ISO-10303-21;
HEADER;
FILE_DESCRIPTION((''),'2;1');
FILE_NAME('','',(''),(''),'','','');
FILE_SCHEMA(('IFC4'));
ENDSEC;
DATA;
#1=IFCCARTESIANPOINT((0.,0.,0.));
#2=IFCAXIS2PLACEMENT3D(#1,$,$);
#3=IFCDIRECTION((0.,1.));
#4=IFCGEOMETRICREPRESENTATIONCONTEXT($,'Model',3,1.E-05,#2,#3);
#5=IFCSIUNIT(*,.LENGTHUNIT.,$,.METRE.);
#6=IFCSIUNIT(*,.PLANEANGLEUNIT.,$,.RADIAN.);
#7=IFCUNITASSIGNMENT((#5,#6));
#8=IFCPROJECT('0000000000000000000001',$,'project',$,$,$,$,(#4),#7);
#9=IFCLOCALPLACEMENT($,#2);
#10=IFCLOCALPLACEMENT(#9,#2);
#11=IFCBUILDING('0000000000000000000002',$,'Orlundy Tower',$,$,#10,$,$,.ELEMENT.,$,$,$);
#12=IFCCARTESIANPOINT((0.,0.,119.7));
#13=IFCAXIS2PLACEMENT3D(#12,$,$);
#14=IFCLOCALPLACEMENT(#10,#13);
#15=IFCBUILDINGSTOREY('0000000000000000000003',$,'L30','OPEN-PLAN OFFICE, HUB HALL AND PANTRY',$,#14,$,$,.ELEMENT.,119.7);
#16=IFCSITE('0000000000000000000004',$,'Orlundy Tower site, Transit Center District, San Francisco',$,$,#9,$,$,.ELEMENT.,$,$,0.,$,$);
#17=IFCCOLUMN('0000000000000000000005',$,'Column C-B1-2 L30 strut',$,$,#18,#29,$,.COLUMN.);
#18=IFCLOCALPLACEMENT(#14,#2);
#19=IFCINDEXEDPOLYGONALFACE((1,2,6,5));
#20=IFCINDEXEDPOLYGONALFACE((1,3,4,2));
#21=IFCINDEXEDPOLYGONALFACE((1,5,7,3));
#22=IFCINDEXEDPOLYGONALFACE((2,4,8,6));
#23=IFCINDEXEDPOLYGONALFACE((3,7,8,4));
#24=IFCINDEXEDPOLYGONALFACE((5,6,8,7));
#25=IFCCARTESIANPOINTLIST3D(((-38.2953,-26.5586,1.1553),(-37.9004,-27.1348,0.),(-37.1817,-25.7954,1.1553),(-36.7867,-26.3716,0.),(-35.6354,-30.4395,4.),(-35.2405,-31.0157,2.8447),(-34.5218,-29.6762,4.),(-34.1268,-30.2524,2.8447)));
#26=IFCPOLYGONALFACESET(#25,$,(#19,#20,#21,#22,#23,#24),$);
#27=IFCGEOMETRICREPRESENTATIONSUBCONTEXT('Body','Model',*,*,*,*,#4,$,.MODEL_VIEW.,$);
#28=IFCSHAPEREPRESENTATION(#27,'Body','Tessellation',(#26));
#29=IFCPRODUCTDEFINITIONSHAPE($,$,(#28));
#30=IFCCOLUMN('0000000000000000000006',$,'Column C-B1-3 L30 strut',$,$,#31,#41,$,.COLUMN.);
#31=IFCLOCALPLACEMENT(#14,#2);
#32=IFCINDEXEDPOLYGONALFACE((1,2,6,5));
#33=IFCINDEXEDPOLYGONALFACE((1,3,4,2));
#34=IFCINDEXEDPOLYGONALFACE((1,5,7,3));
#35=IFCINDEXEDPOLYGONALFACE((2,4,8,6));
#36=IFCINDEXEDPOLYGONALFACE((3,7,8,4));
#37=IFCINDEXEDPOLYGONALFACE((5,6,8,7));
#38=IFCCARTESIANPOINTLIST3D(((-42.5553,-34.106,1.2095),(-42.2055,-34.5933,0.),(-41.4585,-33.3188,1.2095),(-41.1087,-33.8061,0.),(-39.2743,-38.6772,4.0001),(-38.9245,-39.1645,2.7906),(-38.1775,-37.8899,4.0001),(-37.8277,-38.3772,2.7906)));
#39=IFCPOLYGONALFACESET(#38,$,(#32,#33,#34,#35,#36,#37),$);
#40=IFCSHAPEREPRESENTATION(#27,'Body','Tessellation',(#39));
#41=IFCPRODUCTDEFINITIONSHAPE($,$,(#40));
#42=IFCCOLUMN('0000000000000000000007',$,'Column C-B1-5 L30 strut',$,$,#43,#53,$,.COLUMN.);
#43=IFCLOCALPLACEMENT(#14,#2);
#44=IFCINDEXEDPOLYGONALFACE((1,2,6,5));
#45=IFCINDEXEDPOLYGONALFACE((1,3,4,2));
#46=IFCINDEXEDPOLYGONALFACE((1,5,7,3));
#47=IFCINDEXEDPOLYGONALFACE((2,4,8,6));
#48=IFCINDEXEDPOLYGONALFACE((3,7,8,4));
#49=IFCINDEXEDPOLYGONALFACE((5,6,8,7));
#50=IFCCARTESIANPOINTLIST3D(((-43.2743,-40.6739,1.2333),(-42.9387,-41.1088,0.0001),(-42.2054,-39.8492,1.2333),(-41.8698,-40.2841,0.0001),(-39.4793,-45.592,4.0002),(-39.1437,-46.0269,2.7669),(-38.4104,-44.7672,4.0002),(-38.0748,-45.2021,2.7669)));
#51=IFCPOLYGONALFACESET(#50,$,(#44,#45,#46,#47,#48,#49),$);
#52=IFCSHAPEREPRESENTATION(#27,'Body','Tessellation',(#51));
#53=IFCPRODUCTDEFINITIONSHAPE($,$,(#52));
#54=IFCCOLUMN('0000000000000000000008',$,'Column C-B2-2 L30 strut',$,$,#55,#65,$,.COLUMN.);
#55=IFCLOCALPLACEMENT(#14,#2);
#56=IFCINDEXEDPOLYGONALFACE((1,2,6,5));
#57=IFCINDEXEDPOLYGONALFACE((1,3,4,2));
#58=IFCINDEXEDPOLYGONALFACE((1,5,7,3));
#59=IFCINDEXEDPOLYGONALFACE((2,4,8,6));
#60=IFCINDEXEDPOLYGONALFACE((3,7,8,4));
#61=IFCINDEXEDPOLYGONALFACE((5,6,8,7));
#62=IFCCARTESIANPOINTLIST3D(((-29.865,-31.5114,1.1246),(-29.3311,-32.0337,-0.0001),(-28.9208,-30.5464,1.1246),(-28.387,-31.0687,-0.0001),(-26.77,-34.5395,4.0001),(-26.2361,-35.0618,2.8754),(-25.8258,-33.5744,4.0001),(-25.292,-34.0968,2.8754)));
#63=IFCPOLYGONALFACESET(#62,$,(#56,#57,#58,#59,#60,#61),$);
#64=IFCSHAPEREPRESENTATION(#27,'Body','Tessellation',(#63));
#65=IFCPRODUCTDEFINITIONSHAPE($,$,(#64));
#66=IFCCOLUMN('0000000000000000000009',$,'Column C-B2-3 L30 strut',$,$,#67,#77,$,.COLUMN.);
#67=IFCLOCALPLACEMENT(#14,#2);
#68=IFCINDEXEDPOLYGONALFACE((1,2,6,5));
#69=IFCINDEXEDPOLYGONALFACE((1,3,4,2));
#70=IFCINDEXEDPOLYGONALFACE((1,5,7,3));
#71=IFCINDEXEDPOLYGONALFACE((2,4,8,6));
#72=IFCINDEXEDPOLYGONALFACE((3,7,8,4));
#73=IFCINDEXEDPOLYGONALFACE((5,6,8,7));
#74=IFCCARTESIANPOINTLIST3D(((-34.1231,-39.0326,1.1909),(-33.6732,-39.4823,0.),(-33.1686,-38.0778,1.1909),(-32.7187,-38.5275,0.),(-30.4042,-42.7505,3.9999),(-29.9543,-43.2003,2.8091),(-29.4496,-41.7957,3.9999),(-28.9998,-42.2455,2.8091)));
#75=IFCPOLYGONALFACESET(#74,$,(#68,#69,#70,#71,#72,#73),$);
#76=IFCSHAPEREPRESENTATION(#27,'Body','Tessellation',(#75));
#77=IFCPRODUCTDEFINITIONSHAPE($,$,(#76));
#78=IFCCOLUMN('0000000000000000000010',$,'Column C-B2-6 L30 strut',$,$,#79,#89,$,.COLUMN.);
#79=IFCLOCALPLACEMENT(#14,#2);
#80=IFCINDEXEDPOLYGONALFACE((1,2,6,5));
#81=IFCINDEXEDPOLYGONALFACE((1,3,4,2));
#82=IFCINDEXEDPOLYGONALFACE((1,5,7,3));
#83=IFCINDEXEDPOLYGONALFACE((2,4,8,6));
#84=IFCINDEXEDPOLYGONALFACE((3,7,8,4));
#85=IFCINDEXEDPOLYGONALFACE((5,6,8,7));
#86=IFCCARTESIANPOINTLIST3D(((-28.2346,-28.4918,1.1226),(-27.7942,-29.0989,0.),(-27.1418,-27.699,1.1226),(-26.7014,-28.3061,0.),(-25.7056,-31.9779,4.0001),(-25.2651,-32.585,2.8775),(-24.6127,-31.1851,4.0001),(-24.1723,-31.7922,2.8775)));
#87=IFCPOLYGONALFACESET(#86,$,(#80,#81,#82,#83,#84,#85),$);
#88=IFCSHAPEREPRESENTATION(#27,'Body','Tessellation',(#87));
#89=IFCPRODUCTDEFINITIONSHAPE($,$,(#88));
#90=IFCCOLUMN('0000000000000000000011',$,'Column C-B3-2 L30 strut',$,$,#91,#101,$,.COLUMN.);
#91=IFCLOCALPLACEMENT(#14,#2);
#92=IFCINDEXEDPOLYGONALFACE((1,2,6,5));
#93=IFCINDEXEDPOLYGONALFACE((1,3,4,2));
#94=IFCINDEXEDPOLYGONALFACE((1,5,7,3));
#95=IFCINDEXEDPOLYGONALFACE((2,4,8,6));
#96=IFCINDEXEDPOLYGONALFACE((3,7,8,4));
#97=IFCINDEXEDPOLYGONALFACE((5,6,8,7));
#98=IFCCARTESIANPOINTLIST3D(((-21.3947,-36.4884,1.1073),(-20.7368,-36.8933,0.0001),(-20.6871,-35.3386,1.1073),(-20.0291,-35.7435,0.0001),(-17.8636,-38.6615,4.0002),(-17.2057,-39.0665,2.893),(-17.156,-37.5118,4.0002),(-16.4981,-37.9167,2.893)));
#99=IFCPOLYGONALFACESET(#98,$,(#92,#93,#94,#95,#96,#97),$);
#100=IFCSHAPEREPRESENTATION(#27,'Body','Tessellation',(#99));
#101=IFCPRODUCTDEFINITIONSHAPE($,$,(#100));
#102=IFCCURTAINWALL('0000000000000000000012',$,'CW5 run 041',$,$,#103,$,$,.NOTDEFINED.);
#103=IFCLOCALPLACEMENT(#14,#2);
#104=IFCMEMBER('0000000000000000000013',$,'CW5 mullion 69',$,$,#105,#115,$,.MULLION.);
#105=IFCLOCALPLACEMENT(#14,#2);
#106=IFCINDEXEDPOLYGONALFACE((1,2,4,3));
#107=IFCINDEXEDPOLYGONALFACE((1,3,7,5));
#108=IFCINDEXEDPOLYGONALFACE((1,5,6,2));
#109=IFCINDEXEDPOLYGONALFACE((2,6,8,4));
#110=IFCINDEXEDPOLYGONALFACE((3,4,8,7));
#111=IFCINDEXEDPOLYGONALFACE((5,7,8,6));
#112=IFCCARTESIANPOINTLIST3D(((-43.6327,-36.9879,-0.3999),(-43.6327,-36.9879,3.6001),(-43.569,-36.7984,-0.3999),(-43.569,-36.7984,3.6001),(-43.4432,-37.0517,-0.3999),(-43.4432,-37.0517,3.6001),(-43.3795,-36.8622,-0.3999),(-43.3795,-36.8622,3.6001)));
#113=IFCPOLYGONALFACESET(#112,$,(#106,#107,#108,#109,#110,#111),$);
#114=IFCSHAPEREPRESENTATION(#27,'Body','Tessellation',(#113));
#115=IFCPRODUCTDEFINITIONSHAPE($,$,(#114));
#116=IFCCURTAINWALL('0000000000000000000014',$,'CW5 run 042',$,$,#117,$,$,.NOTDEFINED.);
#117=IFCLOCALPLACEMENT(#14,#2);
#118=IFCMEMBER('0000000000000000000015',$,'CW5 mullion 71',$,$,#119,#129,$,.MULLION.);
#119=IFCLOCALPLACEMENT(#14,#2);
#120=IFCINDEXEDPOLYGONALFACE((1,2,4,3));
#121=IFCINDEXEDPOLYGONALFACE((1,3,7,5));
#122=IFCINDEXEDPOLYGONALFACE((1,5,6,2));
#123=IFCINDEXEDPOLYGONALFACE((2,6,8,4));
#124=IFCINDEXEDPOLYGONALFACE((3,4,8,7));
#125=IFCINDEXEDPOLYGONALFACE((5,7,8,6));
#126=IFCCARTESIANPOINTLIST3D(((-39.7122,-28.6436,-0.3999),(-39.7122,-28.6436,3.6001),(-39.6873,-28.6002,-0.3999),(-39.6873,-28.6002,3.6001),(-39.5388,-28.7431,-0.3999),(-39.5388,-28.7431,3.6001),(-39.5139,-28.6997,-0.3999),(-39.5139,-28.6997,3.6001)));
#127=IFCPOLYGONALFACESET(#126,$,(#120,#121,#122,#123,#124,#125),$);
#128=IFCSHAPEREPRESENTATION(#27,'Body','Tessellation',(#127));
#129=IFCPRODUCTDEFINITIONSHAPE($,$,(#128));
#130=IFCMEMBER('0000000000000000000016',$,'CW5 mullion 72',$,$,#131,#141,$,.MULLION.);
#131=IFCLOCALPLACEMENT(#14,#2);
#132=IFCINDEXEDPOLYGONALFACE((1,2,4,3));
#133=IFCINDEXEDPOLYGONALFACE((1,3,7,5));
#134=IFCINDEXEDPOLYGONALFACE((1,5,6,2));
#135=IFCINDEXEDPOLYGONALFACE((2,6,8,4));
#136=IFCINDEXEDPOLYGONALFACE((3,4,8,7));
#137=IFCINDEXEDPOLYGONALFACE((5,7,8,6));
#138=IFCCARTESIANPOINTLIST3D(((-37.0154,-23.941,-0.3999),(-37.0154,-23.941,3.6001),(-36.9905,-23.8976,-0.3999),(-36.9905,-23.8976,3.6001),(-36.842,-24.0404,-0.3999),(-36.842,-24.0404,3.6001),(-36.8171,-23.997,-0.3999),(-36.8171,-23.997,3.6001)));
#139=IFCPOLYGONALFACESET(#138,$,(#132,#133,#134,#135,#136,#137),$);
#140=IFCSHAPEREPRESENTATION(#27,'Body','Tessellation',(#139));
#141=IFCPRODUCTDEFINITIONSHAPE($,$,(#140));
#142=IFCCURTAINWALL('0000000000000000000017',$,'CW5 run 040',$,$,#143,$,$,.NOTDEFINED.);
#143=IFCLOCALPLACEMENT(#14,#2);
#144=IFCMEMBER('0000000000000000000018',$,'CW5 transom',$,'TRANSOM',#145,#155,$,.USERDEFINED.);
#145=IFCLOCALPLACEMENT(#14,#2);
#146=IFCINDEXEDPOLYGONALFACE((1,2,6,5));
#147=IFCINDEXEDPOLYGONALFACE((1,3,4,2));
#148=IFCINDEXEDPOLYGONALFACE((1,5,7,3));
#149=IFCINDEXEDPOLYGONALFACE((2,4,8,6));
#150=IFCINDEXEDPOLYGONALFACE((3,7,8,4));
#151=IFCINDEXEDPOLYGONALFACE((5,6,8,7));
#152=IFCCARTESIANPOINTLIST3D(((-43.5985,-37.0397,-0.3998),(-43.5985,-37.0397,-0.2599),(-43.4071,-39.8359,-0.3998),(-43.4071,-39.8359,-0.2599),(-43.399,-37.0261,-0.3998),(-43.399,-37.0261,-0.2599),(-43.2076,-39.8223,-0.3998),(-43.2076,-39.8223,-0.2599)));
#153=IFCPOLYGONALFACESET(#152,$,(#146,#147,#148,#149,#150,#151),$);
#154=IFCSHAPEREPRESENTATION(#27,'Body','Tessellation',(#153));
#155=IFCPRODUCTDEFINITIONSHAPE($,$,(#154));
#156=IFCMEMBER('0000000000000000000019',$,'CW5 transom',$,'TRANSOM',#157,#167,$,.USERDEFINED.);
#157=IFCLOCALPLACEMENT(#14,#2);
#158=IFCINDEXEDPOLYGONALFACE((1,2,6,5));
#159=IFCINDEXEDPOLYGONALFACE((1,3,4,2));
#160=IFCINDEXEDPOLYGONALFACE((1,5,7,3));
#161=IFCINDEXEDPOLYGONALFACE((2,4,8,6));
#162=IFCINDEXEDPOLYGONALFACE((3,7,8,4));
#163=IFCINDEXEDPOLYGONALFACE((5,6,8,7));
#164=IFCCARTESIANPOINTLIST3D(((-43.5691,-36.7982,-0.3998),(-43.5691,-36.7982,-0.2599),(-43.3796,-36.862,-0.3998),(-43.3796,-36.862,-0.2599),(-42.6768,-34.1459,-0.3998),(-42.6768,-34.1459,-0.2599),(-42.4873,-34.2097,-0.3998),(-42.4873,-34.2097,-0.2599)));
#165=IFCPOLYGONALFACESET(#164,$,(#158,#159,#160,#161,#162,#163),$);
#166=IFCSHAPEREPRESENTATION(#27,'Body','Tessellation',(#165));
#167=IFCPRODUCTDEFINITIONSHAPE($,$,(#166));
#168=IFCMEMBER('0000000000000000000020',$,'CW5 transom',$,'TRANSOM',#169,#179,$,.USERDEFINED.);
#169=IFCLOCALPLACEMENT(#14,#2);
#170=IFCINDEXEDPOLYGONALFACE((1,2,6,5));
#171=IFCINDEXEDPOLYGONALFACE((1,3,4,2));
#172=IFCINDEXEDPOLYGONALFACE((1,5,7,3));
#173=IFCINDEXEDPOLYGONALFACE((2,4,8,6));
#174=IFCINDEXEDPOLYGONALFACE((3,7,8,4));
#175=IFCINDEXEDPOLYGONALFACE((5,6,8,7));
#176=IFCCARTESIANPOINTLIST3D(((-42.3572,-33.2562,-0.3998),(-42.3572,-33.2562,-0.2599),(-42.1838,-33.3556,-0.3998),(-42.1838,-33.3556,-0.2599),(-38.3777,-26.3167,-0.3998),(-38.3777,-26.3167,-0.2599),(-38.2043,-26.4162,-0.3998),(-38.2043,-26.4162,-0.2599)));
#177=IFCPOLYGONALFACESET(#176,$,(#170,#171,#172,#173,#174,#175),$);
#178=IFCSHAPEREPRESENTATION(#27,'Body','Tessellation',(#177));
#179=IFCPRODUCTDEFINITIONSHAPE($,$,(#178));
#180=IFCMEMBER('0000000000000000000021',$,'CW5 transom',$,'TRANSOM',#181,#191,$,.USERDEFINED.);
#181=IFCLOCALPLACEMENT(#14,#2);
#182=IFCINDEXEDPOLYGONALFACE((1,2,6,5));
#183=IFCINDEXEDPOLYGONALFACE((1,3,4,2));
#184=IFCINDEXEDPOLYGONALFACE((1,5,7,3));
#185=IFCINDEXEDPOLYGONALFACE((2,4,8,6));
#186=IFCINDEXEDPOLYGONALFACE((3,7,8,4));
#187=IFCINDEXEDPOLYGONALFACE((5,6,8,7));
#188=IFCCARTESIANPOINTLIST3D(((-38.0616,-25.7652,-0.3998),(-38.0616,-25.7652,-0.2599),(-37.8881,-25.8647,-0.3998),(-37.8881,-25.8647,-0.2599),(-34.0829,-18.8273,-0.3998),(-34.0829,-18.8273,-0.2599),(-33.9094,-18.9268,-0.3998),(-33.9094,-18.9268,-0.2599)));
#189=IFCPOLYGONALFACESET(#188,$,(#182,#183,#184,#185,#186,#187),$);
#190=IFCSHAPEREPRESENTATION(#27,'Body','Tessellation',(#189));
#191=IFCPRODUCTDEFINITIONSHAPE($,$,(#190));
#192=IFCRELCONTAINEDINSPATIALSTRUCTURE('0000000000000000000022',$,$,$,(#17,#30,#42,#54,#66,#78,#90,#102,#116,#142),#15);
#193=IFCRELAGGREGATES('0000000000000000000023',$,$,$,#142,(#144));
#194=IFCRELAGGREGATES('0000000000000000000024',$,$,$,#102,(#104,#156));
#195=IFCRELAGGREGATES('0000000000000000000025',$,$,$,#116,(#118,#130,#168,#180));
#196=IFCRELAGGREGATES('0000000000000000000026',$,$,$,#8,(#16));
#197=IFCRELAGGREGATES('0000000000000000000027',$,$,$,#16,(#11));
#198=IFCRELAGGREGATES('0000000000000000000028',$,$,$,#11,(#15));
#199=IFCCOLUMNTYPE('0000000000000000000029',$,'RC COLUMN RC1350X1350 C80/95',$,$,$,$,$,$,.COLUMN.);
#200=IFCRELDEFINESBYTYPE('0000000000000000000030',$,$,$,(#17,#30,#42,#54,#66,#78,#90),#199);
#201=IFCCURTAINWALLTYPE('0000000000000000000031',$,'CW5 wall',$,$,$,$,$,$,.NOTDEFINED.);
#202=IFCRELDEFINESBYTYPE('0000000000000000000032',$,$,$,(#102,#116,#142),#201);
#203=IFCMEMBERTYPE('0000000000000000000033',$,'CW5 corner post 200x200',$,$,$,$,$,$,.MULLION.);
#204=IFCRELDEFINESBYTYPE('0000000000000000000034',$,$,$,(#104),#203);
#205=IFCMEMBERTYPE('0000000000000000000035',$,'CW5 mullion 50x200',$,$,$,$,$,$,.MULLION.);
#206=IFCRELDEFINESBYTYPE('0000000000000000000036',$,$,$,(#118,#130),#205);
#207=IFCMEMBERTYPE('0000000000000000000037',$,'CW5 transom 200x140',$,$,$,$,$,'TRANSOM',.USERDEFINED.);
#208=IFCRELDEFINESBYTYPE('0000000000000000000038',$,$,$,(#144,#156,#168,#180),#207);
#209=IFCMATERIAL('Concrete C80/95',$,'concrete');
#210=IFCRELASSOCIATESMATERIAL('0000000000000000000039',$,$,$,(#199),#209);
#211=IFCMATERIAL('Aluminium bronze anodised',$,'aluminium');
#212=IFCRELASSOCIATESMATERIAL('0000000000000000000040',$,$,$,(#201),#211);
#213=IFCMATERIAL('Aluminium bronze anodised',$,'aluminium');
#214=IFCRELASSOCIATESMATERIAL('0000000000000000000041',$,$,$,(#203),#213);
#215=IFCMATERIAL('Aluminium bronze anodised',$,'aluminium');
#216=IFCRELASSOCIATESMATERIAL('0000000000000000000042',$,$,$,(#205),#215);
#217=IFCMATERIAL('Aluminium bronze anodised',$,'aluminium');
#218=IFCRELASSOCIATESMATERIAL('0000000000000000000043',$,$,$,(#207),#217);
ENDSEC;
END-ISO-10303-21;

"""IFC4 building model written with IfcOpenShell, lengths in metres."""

from ifc_helpers import new_model, si_unit, direction, frame, origin, origin_2d, place, context, subcontext, project, spatial, rectangle, extrude, material, material_profile, profile_set, type_object, element, aggregate, save


model = new_model("IFC4")

# Units and contexts
model_context = context("Model", 3, precision=1e-05, world=origin(), true_north=direction((0.0, 1.0)))
body_context = subcontext(model_context, "Body", "Model", "MODEL_VIEW")
ifc_project = project(units=[si_unit("LENGTHUNIT", "METRE"), si_unit("PLANEANGLEUNIT", "RADIAN")], contexts=[model_context])

# Site, building, storey
site_placement = place(None, origin())
site = spatial("IfcSite", under=ifc_project, at=site_placement, Name="Orlundy Tower site, Transit Center District, San Francisco", CompositionType="ELEMENT", RefElevation=0.0)
building_placement = place(site_placement, origin())
building = spatial("IfcBuilding", under=site, at=building_placement, Name="Orlundy Tower", CompositionType="ELEMENT")
storey_placement = place(building_placement, frame((0.0, 0.0, 119.7)))
storey = spatial("IfcBuildingStorey", under=building, at=storey_placement, Name="L30", Description="OPEN-PLAN OFFICE, HUB HALL AND PANTRY", CompositionType="ELEMENT", Elevation=119.7)

# Columns
ifc_material_1 = material(Name="Concrete C80/95", Category="concrete")
ifc_material_profile_1 = material_profile(ifc_material_1, rectangle(XDim=1.3501, YDim=1.3501, at=origin_2d()), Name="RC1350X1350")
ifc_profile_set_1 = profile_set([ifc_material_profile_1], Name="Concrete C80/95")
column_type = type_object("IfcColumnType", Name="RC COLUMN RC1350X1350 C80/95", PredefinedType="COLUMN", material=ifc_profile_set_1)
column_1_placement = place(storey_placement, frame((-37.541, -26.4651, 0.5776), z_axis=(0.483791, -0.70586, 0.517405), x_axis=(0.824853, 0.565348, 0.0)))
element("IfcColumn", 1, at=column_1_placement, inside=storey, type_object=column_type, Name="Column C-B1-2 L30 strut", PredefinedType="COLUMN", context=body_context, shape_type="SweptSolid", body=[
    extrude(rectangle(XDim=1.3501, YDim=1.3501, at=origin_2d()), origin(), (0.0, 0.0, 1.0), 5.498),
])
column_2_placement = place(storey_placement, frame((-41.832, -33.9561, 0.6047), z_axis=(0.5224, -0.727799, 0.444306), x_axis=(0.812389, 0.583116, 0.0)))
element("IfcColumn", 2, at=column_2_placement, inside=storey, type_object=column_type, Name="Column C-B1-3 L30 strut", PredefinedType="COLUMN", context=body_context, shape_type="SweptSolid", body=[
    extrude(rectangle(XDim=1.3501, YDim=1.3501, at=origin_2d()), origin(), (0.0, 0.0, 1.0), 6.2808),
])
column_3_placement = place(storey_placement, frame((-42.572, -40.479, 0.6167), z_axis=(0.558057, -0.723205, 0.406875), x_axis=(0.7917, 0.61091, 0.0)))
element("IfcColumn", 3, at=column_3_placement, inside=storey, type_object=column_type, Name="Column C-B1-5 L30 strut", PredefinedType="COLUMN", context=body_context, shape_type="SweptSolid", body=[
    extrude(rectangle(XDim=1.3501, YDim=1.3501, at=origin_2d()), origin(), (0.0, 0.0, 1.0), 6.8003),
])
column_4_placement = place(storey_placement, frame((-29.126, -31.29, 0.5623), z_axis=(0.595445, -0.582575, 0.553219), x_axis=(0.69934, 0.714789, 0.0)))
element("IfcColumn", 4, at=column_4_placement, inside=storey, type_object=column_type, Name="Column C-B2-2 L30 strut", PredefinedType="COLUMN", context=body_context, shape_type="SweptSolid", body=[
    extrude(rectangle(XDim=1.3501, YDim=1.3501, at=origin_2d()), origin(), (0.0, 0.0, 1.0), 5.1978),
])
column_5_placement = place(storey_placement, frame((-33.4209, -38.78, 0.5955), z_axis=(0.623782, -0.623619, 0.471164), x_axis=(0.707014, 0.7072, 0.0)))
element("IfcColumn", 5, at=column_5_placement, inside=storey, type_object=column_type, Name="Column C-B2-3 L30 strut", PredefinedType="COLUMN", context=body_context, shape_type="SweptSolid", body=[
    extrude(rectangle(XDim=1.3501, YDim=1.3501, at=origin_2d()), origin(), (0.0, 0.0, 1.0), 5.9619),
])
column_6_placement = place(storey_placement, frame((-27.468, -28.3989, 0.5613), z_axis=(0.488269, -0.673037, 0.55553), x_axis=(0.809429, 0.587217, 0.0)))
element("IfcColumn", 6, at=column_6_placement, inside=storey, type_object=column_type, Name="Column C-B2-6 L30 strut", PredefinedType="COLUMN", context=body_context, shape_type="SweptSolid", body=[
    extrude(rectangle(XDim=1.3501, YDim=1.3501, at=origin_2d()), origin(), (0.0, 0.0, 1.0), 5.1797),
])
column_7_placement = place(storey_placement, frame((-20.7119, -36.116, 0.5537), z_axis=(0.698439, -0.429842, 0.572205), x_axis=(0.524127, 0.85164, 0.0)))
element("IfcColumn", 7, at=column_7_placement, inside=storey, type_object=column_type, Name="Column C-B3-2 L30 strut", PredefinedType="COLUMN", context=body_context, shape_type="SweptSolid", body=[
    extrude(rectangle(XDim=1.3501, YDim=1.3501, at=origin_2d()), origin(), (0.0, 0.0, 1.0), 5.0557),
])

# Curtain wall, member
ifc_material_2 = material(Name="Aluminium bronze anodised", Category="aluminium")
curtain_wall_type = type_object("IfcCurtainWallType", Name="CW5 wall", PredefinedType="NOTDEFINED", material=ifc_material_2)
curtain_wall_1_placement = place(storey_placement, origin())
curtain_wall_1 = element("IfcCurtainWall", 8, at=curtain_wall_1_placement, inside=storey, type_object=curtain_wall_type, Name="CW5 run 041", PredefinedType="NOTDEFINED")
ifc_material_3 = material(Name="Aluminium bronze anodised", Category="aluminium")
ifc_material_profile_2 = material_profile(ifc_material_3, rectangle(XDim=0.2, YDim=0.2, at=origin_2d()), Name="CW5 corner post 200x200")
ifc_profile_set_2 = profile_set([ifc_material_profile_2], Name="Aluminium bronze anodised")
member_type_1 = type_object("IfcMemberType", Name="CW5 corner post 200x200", PredefinedType="MULLION", material=ifc_profile_set_2)
member_1_placement = place(storey_placement, frame((-43.5061, -36.925, -0.3999), z_axis=(0.0, 0.0, 1.0), x_axis=(-0.947817, 0.318816, 0.0)))
member_1 = element("IfcMember", 9, at=member_1_placement, type_object=member_type_1, Name="CW5 mullion 69", PredefinedType="MULLION", context=body_context, shape_type="SweptSolid", body=[
    extrude(rectangle(XDim=0.2, YDim=0.2, at=origin_2d()), origin(), (0.0, 0.0, 1.0), 4.0),
])

# Curtain wall, members
curtain_wall_2_placement = place(storey_placement, origin())
curtain_wall_2 = element("IfcCurtainWall", 10, at=curtain_wall_2_placement, inside=storey, type_object=curtain_wall_type, Name="CW5 run 042", PredefinedType="NOTDEFINED")
ifc_material_4 = material(Name="Aluminium bronze anodised", Category="aluminium")
ifc_material_profile_3 = material_profile(ifc_material_4, rectangle(XDim=0.2, YDim=0.05, at=origin_2d()), Name="CW5 mullion 50x200")
ifc_profile_set_3 = profile_set([ifc_material_profile_3], Name="Aluminium bronze anodised")
member_type_2 = type_object("IfcMemberType", Name="CW5 mullion 50x200", PredefinedType="MULLION", material=ifc_profile_set_3)
member_2_placement = place(storey_placement, frame((-39.613, -28.6716, -0.3999), z_axis=(0.0, 0.0, 1.0), x_axis=(-0.867479, 0.497473, 0.0)))
member_2 = element("IfcMember", 11, at=member_2_placement, type_object=member_type_2, Name="CW5 mullion 71", PredefinedType="MULLION", context=body_context, shape_type="SweptSolid", body=[
    extrude(rectangle(XDim=0.2, YDim=0.05, at=origin_2d()), origin(), (0.0, 0.0, 1.0), 4.0),
])
member_3_placement = place(storey_placement, frame((-36.9163, -23.969, -0.3999), z_axis=(0.0, 0.0, 1.0), x_axis=(-0.867479, 0.497473, 0.0)))
member_3 = element("IfcMember", 12, at=member_3_placement, type_object=member_type_2, Name="CW5 mullion 72", PredefinedType="MULLION", context=body_context, shape_type="SweptSolid", body=[
    extrude(rectangle(XDim=0.2, YDim=0.05, at=origin_2d()), origin(), (0.0, 0.0, 1.0), 4.0),
])

# Curtain wall, member
curtain_wall_3_placement = place(storey_placement, origin())
curtain_wall_3 = element("IfcCurtainWall", 13, at=curtain_wall_3_placement, inside=storey, type_object=curtain_wall_type, Name="CW5 run 040", PredefinedType="NOTDEFINED")
ifc_material_5 = material(Name="Aluminium bronze anodised", Category="aluminium")
ifc_material_profile_4 = material_profile(ifc_material_5, rectangle(XDim=0.2, YDim=0.1399, at=origin_2d()), Name="CW5 transom 200x140")
ifc_profile_set_4 = profile_set([ifc_material_profile_4], Name="Aluminium bronze anodised")
member_type_3 = type_object("IfcMemberType", Name="CW5 transom 200x140", ElementType="TRANSOM", PredefinedType="USERDEFINED", material=ifc_profile_set_4)
member_4_placement = place(storey_placement, frame((-43.3074, -39.8291, -0.3298), z_axis=(-0.068294, 0.997665, 0.0), x_axis=(-0.997665, -0.068294, 0.0)))
member_4 = element("IfcMember", 14, at=member_4_placement, type_object=member_type_3, Name="CW5 transom", ObjectType="TRANSOM", PredefinedType="USERDEFINED", context=body_context, shape_type="SweptSolid", body=[
    extrude(rectangle(XDim=0.2, YDim=0.1399, at=origin_2d()), origin(), (0.0, 0.0, 1.0), 2.8027),
])

# Members
member_5_placement = place(storey_placement, frame((-43.4744, -36.8301, -0.3298), z_axis=(0.31887, 0.947798, 0.0), x_axis=(-0.947798, 0.31887, 0.0)))
member_5 = element("IfcMember", 15, at=member_5_placement, type_object=member_type_3, Name="CW5 transom", ObjectType="TRANSOM", PredefinedType="USERDEFINED", context=body_context, shape_type="SweptSolid", body=[
    extrude(rectangle(XDim=0.2, YDim=0.1399, at=origin_2d()), origin(), (0.0, 0.0, 1.0), 2.7983),
])
member_6_placement = place(storey_placement, frame((-42.2705, -33.3059, -0.3298), z_axis=(0.497466, 0.867483, 0.0), x_axis=(-0.867483, 0.497466, 0.0)))
member_6 = element("IfcMember", 16, at=member_6_placement, type_object=member_type_3, Name="CW5 transom", ObjectType="TRANSOM", PredefinedType="USERDEFINED", context=body_context, shape_type="SweptSolid", body=[
    extrude(rectangle(XDim=0.2, YDim=0.1399, at=origin_2d()), origin(), (0.0, 0.0, 1.0), 7.9995),
])
member_7_placement = place(storey_placement, frame((-37.9749, -25.8149, -0.3298), z_axis=(0.497476, 0.867478, 0.0), x_axis=(-0.867478, 0.497476, 0.0)))
member_7 = element("IfcMember", 17, at=member_7_placement, type_object=member_type_3, Name="CW5 transom", ObjectType="TRANSOM", PredefinedType="USERDEFINED", context=body_context, shape_type="SweptSolid", body=[
    extrude(rectangle(XDim=0.2, YDim=0.1399, at=origin_2d()), origin(), (0.0, 0.0, 1.0), 7.9978),
])

aggregate(curtain_wall_3, [member_4])
aggregate(curtain_wall_1, [member_1, member_5])
aggregate(curtain_wall_2, [member_2, member_3, member_6, member_7])

save(model, "model.ifc")
